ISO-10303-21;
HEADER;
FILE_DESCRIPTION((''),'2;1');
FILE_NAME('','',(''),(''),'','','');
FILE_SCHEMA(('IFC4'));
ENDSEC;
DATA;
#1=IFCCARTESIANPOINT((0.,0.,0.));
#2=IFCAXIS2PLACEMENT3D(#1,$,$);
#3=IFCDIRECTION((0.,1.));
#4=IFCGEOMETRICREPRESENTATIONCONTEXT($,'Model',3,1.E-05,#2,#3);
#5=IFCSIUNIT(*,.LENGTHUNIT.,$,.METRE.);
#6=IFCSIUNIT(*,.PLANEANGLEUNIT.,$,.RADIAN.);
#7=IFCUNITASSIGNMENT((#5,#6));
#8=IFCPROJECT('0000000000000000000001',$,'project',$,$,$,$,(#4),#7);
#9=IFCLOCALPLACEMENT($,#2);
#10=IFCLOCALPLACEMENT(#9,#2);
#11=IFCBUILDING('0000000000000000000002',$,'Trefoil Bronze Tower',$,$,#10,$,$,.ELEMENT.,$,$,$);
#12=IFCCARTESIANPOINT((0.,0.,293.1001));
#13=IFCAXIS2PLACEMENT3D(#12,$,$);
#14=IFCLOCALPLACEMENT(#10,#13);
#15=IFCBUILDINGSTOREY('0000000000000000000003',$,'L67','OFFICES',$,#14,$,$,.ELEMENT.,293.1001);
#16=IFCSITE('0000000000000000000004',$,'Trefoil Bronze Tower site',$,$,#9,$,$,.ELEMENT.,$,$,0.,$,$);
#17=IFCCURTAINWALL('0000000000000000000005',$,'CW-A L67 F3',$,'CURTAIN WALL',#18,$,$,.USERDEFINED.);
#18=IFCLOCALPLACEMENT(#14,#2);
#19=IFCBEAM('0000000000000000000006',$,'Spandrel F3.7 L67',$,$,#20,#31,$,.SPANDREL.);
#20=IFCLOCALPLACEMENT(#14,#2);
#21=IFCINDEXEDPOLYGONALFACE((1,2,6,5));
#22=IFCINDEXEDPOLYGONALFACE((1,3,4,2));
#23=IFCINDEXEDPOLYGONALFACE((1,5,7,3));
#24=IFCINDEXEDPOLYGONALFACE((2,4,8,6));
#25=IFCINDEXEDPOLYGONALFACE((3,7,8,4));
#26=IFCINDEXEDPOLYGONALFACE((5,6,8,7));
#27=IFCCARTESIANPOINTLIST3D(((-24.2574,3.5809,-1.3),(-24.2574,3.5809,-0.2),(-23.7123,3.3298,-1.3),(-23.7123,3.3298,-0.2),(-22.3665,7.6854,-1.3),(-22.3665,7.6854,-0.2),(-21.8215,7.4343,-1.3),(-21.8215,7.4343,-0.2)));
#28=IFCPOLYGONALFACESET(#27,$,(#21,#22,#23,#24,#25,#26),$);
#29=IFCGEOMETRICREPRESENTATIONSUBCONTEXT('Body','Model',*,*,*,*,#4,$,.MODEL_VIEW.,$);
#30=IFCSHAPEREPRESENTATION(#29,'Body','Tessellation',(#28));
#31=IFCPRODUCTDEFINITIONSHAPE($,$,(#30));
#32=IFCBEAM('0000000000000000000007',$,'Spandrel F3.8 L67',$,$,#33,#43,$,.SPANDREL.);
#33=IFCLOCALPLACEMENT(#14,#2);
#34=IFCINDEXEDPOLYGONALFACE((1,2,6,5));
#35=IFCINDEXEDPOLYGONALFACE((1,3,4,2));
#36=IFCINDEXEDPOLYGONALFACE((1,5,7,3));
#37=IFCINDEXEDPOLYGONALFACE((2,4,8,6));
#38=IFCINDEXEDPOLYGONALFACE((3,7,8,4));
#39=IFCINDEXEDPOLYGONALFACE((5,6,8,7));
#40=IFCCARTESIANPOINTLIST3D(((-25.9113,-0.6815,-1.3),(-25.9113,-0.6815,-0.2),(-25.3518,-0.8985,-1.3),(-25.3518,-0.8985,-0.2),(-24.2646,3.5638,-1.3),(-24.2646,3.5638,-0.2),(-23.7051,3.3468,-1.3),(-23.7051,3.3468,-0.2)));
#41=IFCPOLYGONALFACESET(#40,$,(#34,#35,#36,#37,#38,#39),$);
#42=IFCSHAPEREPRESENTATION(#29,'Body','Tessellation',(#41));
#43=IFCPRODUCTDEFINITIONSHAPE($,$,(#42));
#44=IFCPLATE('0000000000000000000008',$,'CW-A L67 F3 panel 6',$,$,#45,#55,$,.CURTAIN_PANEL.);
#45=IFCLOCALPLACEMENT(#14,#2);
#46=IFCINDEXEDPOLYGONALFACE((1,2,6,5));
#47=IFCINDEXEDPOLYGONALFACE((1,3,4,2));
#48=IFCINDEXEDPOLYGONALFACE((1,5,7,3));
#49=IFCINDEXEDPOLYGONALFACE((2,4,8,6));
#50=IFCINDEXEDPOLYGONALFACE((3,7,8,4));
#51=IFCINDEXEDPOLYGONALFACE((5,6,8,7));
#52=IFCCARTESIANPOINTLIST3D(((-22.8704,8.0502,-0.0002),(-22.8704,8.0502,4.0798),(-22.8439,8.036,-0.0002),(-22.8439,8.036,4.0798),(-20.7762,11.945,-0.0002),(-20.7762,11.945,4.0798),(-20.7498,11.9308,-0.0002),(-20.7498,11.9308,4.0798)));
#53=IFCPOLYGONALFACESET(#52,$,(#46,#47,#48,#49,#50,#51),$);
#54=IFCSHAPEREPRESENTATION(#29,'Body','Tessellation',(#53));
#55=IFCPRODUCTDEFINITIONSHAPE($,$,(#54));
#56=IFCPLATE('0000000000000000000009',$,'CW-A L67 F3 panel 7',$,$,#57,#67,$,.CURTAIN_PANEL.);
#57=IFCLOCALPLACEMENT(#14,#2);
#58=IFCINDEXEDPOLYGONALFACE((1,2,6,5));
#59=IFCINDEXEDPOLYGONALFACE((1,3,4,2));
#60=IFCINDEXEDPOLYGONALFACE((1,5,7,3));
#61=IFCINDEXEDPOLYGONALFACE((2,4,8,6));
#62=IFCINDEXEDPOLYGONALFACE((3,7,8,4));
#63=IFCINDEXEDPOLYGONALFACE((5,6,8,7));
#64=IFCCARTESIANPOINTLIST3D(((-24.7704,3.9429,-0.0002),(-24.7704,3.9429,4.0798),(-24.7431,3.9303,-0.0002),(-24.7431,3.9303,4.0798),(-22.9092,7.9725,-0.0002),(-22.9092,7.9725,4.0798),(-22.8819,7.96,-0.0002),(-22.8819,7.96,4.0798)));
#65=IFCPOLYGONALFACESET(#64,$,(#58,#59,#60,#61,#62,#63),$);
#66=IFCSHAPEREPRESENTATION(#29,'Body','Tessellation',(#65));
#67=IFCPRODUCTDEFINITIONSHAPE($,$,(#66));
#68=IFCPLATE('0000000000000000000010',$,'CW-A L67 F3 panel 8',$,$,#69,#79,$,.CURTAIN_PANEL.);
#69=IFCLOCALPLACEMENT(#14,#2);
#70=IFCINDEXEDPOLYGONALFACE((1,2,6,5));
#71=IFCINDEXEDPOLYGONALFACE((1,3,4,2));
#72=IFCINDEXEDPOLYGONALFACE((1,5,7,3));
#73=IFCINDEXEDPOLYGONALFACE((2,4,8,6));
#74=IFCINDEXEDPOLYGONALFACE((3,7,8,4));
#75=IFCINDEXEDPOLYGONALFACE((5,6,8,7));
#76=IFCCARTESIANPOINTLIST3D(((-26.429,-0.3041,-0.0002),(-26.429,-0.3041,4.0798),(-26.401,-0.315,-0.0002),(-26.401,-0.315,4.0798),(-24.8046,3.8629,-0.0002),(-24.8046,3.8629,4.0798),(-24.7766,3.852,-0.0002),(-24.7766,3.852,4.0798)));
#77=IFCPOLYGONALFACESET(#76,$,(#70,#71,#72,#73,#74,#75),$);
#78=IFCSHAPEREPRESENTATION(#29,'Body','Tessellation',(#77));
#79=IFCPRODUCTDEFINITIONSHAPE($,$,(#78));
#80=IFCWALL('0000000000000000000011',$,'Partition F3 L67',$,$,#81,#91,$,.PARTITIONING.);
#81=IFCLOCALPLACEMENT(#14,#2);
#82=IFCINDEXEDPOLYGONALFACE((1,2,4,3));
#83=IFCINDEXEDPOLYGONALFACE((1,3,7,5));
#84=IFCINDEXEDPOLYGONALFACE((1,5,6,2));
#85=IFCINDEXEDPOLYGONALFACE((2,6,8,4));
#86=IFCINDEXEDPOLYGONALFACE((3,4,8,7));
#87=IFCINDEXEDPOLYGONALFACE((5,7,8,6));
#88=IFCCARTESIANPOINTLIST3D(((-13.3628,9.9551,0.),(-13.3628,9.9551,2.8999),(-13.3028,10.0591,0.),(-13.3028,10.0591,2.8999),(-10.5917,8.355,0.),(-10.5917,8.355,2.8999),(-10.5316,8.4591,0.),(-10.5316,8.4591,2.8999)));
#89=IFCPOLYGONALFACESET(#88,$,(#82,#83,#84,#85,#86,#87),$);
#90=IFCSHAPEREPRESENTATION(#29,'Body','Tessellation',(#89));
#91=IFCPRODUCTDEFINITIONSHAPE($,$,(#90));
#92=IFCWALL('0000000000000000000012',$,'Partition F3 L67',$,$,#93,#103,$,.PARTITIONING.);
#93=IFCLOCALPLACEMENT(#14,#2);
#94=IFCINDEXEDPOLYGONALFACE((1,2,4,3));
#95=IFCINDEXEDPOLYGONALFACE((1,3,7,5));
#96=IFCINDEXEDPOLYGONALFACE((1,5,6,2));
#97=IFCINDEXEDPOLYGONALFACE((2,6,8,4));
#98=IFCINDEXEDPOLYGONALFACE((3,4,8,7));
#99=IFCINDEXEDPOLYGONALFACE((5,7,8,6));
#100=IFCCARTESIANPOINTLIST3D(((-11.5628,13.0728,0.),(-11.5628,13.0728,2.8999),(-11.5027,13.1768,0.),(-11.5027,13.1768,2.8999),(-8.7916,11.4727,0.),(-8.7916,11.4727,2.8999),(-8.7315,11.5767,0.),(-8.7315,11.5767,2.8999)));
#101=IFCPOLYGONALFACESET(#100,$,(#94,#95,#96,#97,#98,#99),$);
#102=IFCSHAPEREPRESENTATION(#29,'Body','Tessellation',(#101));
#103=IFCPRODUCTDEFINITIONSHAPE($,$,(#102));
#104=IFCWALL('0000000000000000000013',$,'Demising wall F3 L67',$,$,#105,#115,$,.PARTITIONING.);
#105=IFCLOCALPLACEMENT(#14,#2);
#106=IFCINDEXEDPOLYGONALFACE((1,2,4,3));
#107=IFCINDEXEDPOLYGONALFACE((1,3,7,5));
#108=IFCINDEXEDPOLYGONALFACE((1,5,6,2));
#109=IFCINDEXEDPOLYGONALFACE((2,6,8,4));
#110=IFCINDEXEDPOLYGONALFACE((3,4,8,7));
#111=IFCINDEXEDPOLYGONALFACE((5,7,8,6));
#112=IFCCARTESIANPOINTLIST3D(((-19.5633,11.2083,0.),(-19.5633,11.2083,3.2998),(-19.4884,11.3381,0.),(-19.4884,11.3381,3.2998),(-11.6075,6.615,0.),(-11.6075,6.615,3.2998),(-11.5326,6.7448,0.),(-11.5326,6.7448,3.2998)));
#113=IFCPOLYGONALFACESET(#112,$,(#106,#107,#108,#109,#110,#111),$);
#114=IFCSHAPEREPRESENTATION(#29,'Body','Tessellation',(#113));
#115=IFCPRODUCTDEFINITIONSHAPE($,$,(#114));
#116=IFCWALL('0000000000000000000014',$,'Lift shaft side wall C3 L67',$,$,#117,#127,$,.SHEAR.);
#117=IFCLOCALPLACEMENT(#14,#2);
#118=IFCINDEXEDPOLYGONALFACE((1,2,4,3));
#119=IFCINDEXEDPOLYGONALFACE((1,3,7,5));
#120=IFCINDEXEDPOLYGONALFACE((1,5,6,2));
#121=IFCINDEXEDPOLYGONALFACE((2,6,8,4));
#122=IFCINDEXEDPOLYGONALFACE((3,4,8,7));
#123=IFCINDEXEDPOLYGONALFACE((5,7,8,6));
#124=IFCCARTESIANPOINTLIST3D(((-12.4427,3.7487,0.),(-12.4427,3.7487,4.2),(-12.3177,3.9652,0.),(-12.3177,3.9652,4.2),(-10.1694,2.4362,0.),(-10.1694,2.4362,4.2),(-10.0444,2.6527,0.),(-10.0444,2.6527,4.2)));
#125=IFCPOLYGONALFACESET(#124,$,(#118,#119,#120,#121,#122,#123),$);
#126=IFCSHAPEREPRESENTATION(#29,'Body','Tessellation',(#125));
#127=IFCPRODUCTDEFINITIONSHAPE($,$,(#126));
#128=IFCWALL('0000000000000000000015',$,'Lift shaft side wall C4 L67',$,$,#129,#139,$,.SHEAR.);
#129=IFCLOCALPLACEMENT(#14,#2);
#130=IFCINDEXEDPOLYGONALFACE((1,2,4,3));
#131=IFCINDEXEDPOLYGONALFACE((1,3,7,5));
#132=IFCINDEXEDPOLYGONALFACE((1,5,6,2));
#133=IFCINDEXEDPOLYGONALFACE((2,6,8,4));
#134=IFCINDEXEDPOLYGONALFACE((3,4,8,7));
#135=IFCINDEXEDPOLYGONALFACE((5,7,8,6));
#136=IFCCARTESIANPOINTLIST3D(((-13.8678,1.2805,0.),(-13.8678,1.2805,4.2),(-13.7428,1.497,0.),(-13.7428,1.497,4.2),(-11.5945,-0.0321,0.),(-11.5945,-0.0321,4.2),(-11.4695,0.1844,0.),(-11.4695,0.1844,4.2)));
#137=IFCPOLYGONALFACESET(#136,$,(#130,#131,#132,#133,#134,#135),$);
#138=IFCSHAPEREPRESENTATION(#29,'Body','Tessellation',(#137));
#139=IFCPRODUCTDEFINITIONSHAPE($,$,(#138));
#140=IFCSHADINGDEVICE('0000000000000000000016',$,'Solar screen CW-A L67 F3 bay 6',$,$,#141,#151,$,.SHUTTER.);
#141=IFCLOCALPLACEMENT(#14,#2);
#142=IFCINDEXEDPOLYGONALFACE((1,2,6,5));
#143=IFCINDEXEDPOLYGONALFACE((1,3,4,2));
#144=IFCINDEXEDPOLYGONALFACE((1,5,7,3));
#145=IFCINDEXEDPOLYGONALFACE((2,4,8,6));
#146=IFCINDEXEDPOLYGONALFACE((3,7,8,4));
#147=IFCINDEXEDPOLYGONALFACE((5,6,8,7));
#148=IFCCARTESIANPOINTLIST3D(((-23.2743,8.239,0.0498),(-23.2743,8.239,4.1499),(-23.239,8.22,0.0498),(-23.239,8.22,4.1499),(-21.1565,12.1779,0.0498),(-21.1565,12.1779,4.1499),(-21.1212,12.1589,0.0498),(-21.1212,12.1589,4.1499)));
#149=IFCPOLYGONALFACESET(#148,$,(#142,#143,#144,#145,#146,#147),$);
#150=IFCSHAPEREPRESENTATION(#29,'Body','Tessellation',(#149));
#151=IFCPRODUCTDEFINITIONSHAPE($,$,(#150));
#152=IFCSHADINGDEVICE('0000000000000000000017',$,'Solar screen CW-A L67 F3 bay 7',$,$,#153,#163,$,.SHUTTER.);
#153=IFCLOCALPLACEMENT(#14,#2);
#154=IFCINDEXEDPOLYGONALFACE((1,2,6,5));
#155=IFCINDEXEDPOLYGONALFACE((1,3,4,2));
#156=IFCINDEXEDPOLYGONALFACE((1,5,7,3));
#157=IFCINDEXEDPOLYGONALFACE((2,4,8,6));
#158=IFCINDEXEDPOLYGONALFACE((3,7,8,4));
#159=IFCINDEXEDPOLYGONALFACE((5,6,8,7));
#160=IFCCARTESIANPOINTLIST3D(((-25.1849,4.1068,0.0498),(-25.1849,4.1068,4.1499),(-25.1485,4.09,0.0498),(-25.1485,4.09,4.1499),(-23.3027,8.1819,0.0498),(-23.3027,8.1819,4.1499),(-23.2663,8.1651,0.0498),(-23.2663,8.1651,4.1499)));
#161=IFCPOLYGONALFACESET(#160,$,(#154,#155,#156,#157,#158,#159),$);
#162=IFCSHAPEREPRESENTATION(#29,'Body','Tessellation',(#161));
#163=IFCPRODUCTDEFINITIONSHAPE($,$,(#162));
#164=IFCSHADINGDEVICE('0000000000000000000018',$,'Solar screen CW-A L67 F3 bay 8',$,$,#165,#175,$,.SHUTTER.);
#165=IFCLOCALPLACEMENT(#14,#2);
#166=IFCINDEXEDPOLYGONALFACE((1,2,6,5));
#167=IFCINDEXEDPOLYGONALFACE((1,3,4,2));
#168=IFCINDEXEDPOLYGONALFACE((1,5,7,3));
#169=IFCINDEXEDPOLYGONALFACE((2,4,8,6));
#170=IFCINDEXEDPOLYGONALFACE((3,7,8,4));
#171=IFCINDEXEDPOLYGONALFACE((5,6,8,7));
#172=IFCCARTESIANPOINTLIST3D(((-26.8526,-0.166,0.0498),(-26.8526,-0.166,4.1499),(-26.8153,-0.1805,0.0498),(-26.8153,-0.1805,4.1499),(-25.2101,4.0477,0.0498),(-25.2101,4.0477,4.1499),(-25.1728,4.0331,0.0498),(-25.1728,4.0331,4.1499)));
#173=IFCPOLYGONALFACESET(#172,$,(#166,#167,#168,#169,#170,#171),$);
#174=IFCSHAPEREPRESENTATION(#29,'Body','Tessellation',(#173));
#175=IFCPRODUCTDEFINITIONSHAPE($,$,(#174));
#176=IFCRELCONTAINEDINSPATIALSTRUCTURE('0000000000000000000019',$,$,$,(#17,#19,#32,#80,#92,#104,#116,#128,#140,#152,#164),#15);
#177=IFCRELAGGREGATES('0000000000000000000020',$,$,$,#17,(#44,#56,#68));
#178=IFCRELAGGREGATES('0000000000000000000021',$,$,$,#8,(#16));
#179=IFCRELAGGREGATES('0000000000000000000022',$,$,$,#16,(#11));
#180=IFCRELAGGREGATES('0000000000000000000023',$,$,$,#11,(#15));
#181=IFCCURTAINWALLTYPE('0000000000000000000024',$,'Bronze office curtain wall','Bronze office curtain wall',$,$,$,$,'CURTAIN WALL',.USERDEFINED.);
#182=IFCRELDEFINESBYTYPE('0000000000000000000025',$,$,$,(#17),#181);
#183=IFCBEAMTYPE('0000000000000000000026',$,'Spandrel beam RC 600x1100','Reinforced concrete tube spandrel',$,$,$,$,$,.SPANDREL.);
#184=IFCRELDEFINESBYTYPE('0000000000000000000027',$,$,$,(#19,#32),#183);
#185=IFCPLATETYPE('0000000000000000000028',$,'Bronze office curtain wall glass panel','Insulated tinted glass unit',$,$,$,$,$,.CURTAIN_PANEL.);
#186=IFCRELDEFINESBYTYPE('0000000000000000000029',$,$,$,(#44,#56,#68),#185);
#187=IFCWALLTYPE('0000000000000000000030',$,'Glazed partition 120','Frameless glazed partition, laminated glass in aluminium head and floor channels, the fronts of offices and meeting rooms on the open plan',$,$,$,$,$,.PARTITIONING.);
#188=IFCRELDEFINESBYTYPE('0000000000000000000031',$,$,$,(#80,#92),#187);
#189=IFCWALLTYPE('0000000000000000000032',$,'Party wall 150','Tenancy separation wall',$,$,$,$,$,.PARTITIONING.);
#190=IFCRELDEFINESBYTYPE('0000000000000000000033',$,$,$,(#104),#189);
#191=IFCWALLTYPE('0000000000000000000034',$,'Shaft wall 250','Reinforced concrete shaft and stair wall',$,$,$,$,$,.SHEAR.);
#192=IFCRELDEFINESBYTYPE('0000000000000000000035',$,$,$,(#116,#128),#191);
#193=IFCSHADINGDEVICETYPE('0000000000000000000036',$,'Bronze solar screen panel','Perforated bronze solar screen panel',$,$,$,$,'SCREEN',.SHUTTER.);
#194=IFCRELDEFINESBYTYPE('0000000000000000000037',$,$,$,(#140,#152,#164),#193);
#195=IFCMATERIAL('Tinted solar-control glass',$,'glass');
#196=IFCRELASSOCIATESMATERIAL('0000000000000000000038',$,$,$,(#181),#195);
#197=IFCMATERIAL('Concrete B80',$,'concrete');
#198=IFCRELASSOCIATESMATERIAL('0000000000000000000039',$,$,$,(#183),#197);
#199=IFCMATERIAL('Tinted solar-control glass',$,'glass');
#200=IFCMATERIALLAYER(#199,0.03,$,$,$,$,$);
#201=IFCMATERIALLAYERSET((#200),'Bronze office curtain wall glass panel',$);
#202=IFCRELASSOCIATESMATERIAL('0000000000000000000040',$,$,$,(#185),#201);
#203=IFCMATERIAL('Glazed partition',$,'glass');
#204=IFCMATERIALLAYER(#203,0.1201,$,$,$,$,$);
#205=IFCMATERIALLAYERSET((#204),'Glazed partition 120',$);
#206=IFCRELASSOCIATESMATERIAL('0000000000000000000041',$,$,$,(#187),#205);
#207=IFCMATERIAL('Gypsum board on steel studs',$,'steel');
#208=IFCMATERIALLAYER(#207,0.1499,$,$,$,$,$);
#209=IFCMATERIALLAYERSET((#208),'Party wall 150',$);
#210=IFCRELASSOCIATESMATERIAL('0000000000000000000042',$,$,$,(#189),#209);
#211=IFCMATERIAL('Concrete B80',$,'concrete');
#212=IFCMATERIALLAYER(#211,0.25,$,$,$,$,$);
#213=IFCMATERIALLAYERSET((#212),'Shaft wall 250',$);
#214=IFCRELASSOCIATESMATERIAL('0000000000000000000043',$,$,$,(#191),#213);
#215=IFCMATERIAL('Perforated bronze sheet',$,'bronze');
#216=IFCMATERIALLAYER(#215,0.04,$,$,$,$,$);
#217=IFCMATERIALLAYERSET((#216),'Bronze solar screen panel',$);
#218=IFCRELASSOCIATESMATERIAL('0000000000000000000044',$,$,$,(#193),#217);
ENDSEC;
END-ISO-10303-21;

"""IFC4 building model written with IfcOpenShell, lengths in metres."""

from ifc_helpers import new_model, si_unit, direction, frame, frame_2d, origin, origin_2d, place, context, subcontext, project, spatial, rectangle, extrude, material, layer, layer_set, material_profile, profile_set, type_object, element, aggregate, save


model = new_model("IFC4")

# Units and contexts
model_context = context("Model", 3, precision=1e-05, world=origin(), true_north=direction((0.0, 1.0)))
body_context = subcontext(model_context, "Body", "Model", "MODEL_VIEW")
ifc_project = project(units=[si_unit("LENGTHUNIT", "METRE"), si_unit("PLANEANGLEUNIT", "RADIAN")], contexts=[model_context])

# Site, building, storey
site_placement = place(None, origin())
site = spatial("IfcSite", under=ifc_project, at=site_placement, Name="Trefoil Bronze Tower site", CompositionType="ELEMENT", RefElevation=0.0)
building_placement = place(site_placement, origin())
building = spatial("IfcBuilding", under=site, at=building_placement, Name="Trefoil Bronze Tower", CompositionType="ELEMENT")
storey_placement = place(building_placement, frame((0.0, 0.0, 293.1001)))
storey = spatial("IfcBuildingStorey", under=building, at=storey_placement, Name="L67", Description="OFFICES", CompositionType="ELEMENT", Elevation=293.1001)

# Curtain wall
ifc_material_1 = material(Name="Tinted solar-control glass", Category="glass")
curtain_wall_type = type_object("IfcCurtainWallType", Name="Bronze office curtain wall", Description="Bronze office curtain wall", ElementType="CURTAIN WALL", PredefinedType="USERDEFINED", material=ifc_material_1)
curtain_wall_placement = place(storey_placement, origin())
curtain_wall = element("IfcCurtainWall", 1, at=curtain_wall_placement, inside=storey, type_object=curtain_wall_type, Name="CW-A L67 F3", ObjectType="CURTAIN WALL", PredefinedType="USERDEFINED")

# Beams
ifc_material_2 = material(Name="Concrete B80", Category="concrete")
ifc_material_profile_1 = material_profile(ifc_material_2, rectangle(XDim=0.6001, YDim=1.1001, at=origin_2d()), Name="RC 600x1100")
ifc_profile_set_1 = profile_set([ifc_material_profile_1], Name="Concrete B80")
beam_type_1 = type_object("IfcBeamType", Name="Spandrel beam RC 600x1100", Description="Reinforced concrete tube spandrel", PredefinedType="SPANDREL", material=ifc_profile_set_1)
beam_1_placement = place(storey_placement, frame((-22.094, 7.5598, -0.75), z_axis=(-0.418417, -0.908255, 0.0), x_axis=(0.908255, -0.418417, 0.0)))
element("IfcBeam", 2, at=beam_1_placement, inside=storey, type_object=beam_type_1, Name="Spandrel F3.7 L67", PredefinedType="SPANDREL", context=body_context, shape_type="SweptSolid", body=[
    extrude(rectangle(XDim=0.6001, YDim=1.1001, at=origin_2d()), origin(), (0.0, 0.0, 1.0), 4.519),
])
beam_2_placement = place(storey_placement, frame((-23.9849, 3.4553, -0.75), z_axis=(-0.361636, -0.932319, 0.0), x_axis=(0.932319, -0.361636, 0.0)))
element("IfcBeam", 3, at=beam_2_placement, inside=storey, type_object=beam_type_1, Name="Spandrel F3.8 L67", PredefinedType="SPANDREL", context=body_context, shape_type="SweptSolid", body=[
    extrude(rectangle(XDim=0.6001, YDim=1.1001, at=origin_2d()), origin(), (0.0, 0.0, 1.0), 4.5535),
])

# Plates
ifc_material_3 = material(Name="Tinted solar-control glass", Category="glass")
ifc_layer_1 = layer(ifc_material_3, 0.03)
ifc_layer_set_1 = layer_set([ifc_layer_1], Name="Bronze office curtain wall glass panel")
plate_type = type_object("IfcPlateType", Name="Bronze office curtain wall glass panel", Description="Insulated tinted glass unit", PredefinedType="CURTAIN_PANEL", material=ifc_layer_set_1)
plate_1_placement = place(storey_placement, frame((-21.8101, 9.9905, -0.0002), z_axis=(0.0, 0.0, 1.0), x_axis=(-0.473562, -0.88076, 0.0)))
plate_1 = element("IfcPlate", 4, at=plate_1_placement, type_object=plate_type, Name="CW-A L67 F3 panel 6", PredefinedType="CURTAIN_PANEL", context=body_context, shape_type="SweptSolid", body=[
    extrude(rectangle(XDim=4.4221, YDim=0.03, at=origin_2d()), origin(), (0.0, 0.0, 1.0), 4.0801),
])
plate_2_placement = place(storey_placement, frame((-23.8262, 5.9514, -0.0002), z_axis=(0.0, 0.0, 1.0), x_axis=(-0.419309, -0.907844, 0.0)))
plate_2 = element("IfcPlate", 5, at=plate_2_placement, type_object=plate_type, Name="CW-A L67 F3 panel 7", PredefinedType="CURTAIN_PANEL", context=body_context, shape_type="SweptSolid", body=[
    extrude(rectangle(XDim=4.4387, YDim=0.03, at=origin_2d()), origin(), (0.0, 0.0, 1.0), 4.0801),
])
plate_3_placement = place(storey_placement, frame((-25.6028, 1.7739, -0.0002), z_axis=(0.0, 0.0, 1.0), x_axis=(-0.363199, -0.931712, 0.0)))
plate_3 = element("IfcPlate", 6, at=plate_3_placement, type_object=plate_type, Name="CW-A L67 F3 panel 8", PredefinedType="CURTAIN_PANEL", context=body_context, shape_type="SweptSolid", body=[
    extrude(rectangle(XDim=4.4724, YDim=0.03, at=origin_2d()), origin(), (0.0, 0.0, 1.0), 4.0801),
])
aggregate(curtain_wall, [plate_1, plate_2, plate_3])

# Walls
ifc_material_4 = material(Name="Glazed partition", Category="glass")
ifc_layer_2 = layer(ifc_material_4, 0.1201)
ifc_layer_set_2 = layer_set([ifc_layer_2], Name="Glazed partition 120")
wall_type_1 = type_object("IfcWallType", Name="Glazed partition 120", Description="Frameless glazed partition, laminated glass in aluminium head and floor channels, the fronts of offices and meeting rooms on the open plan", PredefinedType="PARTITIONING", material=ifc_layer_set_2)
for number, where, z_axis, x_axis, name in (
    (7, (-10.5615, 8.407, 0.0), (0.0, 0.0, 1.0), (-0.866009, 0.500028, 0.0), "Partition F3 L67"),
    (8, (-8.7615, 11.5247, 0.0), (0.0, 0.0, 1.0), (-0.866009, 0.500028, 0.0), "Partition F3 L67"),
):
    element("IfcWall", number, at=place(storey_placement, frame(where, z_axis=z_axis, x_axis=x_axis)), inside=storey, type_object=wall_type_1, Name=name, PredefinedType="PARTITIONING", context=body_context, shape_type="SweptSolid", body=[
        extrude(rectangle(XDim=3.2, YDim=0.1201, at=frame_2d((1.6001, 0.0))), origin(), (0.0, 0.0, 1.0), 2.8999),
    ])
ifc_material_5 = material(Name="Gypsum board on steel studs", Category="steel")
ifc_layer_3 = layer(ifc_material_5, 0.1499)
ifc_layer_set_3 = layer_set([ifc_layer_3], Name="Party wall 150")
wall_type_2 = type_object("IfcWallType", Name="Party wall 150", Description="Tenancy separation wall", PredefinedType="PARTITIONING", material=ifc_layer_set_3)
wall_placement = place(storey_placement, frame((-11.5701, 6.6799, 0.0), z_axis=(0.0, 0.0, 1.0), x_axis=(-0.866027, 0.499998, 0.0)))
element("IfcWall", 9, at=wall_placement, inside=storey, type_object=wall_type_2, Name="Demising wall F3 L67", PredefinedType="PARTITIONING", context=body_context, shape_type="SweptSolid", body=[
    extrude(rectangle(XDim=9.1865, YDim=0.1499, at=frame_2d((4.5933, 0.0))), origin(), (0.0, 0.0, 1.0), 3.2998),
])
ifc_material_6 = material(Name="Concrete B80", Category="concrete")
ifc_layer_4 = layer(ifc_material_6, 0.25)
ifc_layer_set_4 = layer_set([ifc_layer_4], Name="Shaft wall 250")
wall_type_3 = type_object("IfcWallType", Name="Shaft wall 250", Description="Reinforced concrete shaft and stair wall", PredefinedType="SHEAR", material=ifc_layer_set_4)
for number, where, z_axis, x_axis, name in (
    (10, (-10.1069, 2.5444, 0.0), (0.0, 0.0, 1.0), (-0.866014, 0.50002, 0.0), "Lift shaft side wall C3 L67"),
    (11, (-11.532, 0.0762, 0.0), (0.0, 0.0, 1.0), (-0.866014, 0.50002, 0.0), "Lift shaft side wall C4 L67"),
):
    element("IfcWall", number, at=place(storey_placement, frame(where, z_axis=z_axis, x_axis=x_axis)), inside=storey, type_object=wall_type_3, Name=name, PredefinedType="SHEAR", context=body_context, shape_type="SweptSolid", body=[
        extrude(rectangle(XDim=2.625, YDim=0.25, at=frame_2d((1.3125, 0.0))), origin(), (0.0, 0.0, 1.0), 4.2),
    ])

# Shading devices
ifc_material_7 = material(Name="Perforated bronze sheet", Category="bronze")
ifc_layer_5 = layer(ifc_material_7, 0.04)
ifc_layer_set_5 = layer_set([ifc_layer_5], Name="Bronze solar screen panel")
shading_device_type = type_object("IfcShadingDeviceType", Name="Bronze solar screen panel", Description="Perforated bronze solar screen panel", ElementType="SCREEN", PredefinedType="SHUTTER", material=ifc_layer_set_5)
shading_device_1_placement = place(storey_placement, frame((-22.1978, 10.199, 0.0498), z_axis=(0.0, 0.0, 1.0), x_axis=(-0.473562, -0.88076, 0.0)))
element("IfcShadingDevice", 12, at=shading_device_1_placement, inside=storey, type_object=shading_device_type, Name="Solar screen CW-A L67 F3 bay 6", PredefinedType="SHUTTER", context=body_context, shape_type="SweptSolid", body=[
    extrude(rectangle(XDim=4.4722, YDim=0.04, at=origin_2d()), origin(), (0.0, 0.0, 1.0), 4.1001),
])
shading_device_2_placement = place(storey_placement, frame((-24.2256, 6.136, 0.0498), z_axis=(0.0, 0.0, 1.0), x_axis=(-0.419309, -0.907844, 0.0)))
element("IfcShadingDevice", 13, at=shading_device_2_placement, inside=storey, type_object=shading_device_type, Name="Solar screen CW-A L67 F3 bay 7", PredefinedType="SHUTTER", context=body_context, shape_type="SweptSolid", body=[
    extrude(rectangle(XDim=4.4888, YDim=0.04, at=origin_2d()), origin(), (0.0, 0.0, 1.0), 4.1001),
])
shading_device_3_placement = place(storey_placement, frame((-26.0127, 1.9336, 0.0498), z_axis=(0.0, 0.0, 1.0), x_axis=(-0.363199, -0.931712, 0.0)))
element("IfcShadingDevice", 14, at=shading_device_3_placement, inside=storey, type_object=shading_device_type, Name="Solar screen CW-A L67 F3 bay 8", PredefinedType="SHUTTER", context=body_context, shape_type="SweptSolid", body=[
    extrude(rectangle(XDim=4.5225, YDim=0.04, at=origin_2d()), origin(), (0.0, 0.0, 1.0), 4.1001),
])

save(model, "model.ifc")
